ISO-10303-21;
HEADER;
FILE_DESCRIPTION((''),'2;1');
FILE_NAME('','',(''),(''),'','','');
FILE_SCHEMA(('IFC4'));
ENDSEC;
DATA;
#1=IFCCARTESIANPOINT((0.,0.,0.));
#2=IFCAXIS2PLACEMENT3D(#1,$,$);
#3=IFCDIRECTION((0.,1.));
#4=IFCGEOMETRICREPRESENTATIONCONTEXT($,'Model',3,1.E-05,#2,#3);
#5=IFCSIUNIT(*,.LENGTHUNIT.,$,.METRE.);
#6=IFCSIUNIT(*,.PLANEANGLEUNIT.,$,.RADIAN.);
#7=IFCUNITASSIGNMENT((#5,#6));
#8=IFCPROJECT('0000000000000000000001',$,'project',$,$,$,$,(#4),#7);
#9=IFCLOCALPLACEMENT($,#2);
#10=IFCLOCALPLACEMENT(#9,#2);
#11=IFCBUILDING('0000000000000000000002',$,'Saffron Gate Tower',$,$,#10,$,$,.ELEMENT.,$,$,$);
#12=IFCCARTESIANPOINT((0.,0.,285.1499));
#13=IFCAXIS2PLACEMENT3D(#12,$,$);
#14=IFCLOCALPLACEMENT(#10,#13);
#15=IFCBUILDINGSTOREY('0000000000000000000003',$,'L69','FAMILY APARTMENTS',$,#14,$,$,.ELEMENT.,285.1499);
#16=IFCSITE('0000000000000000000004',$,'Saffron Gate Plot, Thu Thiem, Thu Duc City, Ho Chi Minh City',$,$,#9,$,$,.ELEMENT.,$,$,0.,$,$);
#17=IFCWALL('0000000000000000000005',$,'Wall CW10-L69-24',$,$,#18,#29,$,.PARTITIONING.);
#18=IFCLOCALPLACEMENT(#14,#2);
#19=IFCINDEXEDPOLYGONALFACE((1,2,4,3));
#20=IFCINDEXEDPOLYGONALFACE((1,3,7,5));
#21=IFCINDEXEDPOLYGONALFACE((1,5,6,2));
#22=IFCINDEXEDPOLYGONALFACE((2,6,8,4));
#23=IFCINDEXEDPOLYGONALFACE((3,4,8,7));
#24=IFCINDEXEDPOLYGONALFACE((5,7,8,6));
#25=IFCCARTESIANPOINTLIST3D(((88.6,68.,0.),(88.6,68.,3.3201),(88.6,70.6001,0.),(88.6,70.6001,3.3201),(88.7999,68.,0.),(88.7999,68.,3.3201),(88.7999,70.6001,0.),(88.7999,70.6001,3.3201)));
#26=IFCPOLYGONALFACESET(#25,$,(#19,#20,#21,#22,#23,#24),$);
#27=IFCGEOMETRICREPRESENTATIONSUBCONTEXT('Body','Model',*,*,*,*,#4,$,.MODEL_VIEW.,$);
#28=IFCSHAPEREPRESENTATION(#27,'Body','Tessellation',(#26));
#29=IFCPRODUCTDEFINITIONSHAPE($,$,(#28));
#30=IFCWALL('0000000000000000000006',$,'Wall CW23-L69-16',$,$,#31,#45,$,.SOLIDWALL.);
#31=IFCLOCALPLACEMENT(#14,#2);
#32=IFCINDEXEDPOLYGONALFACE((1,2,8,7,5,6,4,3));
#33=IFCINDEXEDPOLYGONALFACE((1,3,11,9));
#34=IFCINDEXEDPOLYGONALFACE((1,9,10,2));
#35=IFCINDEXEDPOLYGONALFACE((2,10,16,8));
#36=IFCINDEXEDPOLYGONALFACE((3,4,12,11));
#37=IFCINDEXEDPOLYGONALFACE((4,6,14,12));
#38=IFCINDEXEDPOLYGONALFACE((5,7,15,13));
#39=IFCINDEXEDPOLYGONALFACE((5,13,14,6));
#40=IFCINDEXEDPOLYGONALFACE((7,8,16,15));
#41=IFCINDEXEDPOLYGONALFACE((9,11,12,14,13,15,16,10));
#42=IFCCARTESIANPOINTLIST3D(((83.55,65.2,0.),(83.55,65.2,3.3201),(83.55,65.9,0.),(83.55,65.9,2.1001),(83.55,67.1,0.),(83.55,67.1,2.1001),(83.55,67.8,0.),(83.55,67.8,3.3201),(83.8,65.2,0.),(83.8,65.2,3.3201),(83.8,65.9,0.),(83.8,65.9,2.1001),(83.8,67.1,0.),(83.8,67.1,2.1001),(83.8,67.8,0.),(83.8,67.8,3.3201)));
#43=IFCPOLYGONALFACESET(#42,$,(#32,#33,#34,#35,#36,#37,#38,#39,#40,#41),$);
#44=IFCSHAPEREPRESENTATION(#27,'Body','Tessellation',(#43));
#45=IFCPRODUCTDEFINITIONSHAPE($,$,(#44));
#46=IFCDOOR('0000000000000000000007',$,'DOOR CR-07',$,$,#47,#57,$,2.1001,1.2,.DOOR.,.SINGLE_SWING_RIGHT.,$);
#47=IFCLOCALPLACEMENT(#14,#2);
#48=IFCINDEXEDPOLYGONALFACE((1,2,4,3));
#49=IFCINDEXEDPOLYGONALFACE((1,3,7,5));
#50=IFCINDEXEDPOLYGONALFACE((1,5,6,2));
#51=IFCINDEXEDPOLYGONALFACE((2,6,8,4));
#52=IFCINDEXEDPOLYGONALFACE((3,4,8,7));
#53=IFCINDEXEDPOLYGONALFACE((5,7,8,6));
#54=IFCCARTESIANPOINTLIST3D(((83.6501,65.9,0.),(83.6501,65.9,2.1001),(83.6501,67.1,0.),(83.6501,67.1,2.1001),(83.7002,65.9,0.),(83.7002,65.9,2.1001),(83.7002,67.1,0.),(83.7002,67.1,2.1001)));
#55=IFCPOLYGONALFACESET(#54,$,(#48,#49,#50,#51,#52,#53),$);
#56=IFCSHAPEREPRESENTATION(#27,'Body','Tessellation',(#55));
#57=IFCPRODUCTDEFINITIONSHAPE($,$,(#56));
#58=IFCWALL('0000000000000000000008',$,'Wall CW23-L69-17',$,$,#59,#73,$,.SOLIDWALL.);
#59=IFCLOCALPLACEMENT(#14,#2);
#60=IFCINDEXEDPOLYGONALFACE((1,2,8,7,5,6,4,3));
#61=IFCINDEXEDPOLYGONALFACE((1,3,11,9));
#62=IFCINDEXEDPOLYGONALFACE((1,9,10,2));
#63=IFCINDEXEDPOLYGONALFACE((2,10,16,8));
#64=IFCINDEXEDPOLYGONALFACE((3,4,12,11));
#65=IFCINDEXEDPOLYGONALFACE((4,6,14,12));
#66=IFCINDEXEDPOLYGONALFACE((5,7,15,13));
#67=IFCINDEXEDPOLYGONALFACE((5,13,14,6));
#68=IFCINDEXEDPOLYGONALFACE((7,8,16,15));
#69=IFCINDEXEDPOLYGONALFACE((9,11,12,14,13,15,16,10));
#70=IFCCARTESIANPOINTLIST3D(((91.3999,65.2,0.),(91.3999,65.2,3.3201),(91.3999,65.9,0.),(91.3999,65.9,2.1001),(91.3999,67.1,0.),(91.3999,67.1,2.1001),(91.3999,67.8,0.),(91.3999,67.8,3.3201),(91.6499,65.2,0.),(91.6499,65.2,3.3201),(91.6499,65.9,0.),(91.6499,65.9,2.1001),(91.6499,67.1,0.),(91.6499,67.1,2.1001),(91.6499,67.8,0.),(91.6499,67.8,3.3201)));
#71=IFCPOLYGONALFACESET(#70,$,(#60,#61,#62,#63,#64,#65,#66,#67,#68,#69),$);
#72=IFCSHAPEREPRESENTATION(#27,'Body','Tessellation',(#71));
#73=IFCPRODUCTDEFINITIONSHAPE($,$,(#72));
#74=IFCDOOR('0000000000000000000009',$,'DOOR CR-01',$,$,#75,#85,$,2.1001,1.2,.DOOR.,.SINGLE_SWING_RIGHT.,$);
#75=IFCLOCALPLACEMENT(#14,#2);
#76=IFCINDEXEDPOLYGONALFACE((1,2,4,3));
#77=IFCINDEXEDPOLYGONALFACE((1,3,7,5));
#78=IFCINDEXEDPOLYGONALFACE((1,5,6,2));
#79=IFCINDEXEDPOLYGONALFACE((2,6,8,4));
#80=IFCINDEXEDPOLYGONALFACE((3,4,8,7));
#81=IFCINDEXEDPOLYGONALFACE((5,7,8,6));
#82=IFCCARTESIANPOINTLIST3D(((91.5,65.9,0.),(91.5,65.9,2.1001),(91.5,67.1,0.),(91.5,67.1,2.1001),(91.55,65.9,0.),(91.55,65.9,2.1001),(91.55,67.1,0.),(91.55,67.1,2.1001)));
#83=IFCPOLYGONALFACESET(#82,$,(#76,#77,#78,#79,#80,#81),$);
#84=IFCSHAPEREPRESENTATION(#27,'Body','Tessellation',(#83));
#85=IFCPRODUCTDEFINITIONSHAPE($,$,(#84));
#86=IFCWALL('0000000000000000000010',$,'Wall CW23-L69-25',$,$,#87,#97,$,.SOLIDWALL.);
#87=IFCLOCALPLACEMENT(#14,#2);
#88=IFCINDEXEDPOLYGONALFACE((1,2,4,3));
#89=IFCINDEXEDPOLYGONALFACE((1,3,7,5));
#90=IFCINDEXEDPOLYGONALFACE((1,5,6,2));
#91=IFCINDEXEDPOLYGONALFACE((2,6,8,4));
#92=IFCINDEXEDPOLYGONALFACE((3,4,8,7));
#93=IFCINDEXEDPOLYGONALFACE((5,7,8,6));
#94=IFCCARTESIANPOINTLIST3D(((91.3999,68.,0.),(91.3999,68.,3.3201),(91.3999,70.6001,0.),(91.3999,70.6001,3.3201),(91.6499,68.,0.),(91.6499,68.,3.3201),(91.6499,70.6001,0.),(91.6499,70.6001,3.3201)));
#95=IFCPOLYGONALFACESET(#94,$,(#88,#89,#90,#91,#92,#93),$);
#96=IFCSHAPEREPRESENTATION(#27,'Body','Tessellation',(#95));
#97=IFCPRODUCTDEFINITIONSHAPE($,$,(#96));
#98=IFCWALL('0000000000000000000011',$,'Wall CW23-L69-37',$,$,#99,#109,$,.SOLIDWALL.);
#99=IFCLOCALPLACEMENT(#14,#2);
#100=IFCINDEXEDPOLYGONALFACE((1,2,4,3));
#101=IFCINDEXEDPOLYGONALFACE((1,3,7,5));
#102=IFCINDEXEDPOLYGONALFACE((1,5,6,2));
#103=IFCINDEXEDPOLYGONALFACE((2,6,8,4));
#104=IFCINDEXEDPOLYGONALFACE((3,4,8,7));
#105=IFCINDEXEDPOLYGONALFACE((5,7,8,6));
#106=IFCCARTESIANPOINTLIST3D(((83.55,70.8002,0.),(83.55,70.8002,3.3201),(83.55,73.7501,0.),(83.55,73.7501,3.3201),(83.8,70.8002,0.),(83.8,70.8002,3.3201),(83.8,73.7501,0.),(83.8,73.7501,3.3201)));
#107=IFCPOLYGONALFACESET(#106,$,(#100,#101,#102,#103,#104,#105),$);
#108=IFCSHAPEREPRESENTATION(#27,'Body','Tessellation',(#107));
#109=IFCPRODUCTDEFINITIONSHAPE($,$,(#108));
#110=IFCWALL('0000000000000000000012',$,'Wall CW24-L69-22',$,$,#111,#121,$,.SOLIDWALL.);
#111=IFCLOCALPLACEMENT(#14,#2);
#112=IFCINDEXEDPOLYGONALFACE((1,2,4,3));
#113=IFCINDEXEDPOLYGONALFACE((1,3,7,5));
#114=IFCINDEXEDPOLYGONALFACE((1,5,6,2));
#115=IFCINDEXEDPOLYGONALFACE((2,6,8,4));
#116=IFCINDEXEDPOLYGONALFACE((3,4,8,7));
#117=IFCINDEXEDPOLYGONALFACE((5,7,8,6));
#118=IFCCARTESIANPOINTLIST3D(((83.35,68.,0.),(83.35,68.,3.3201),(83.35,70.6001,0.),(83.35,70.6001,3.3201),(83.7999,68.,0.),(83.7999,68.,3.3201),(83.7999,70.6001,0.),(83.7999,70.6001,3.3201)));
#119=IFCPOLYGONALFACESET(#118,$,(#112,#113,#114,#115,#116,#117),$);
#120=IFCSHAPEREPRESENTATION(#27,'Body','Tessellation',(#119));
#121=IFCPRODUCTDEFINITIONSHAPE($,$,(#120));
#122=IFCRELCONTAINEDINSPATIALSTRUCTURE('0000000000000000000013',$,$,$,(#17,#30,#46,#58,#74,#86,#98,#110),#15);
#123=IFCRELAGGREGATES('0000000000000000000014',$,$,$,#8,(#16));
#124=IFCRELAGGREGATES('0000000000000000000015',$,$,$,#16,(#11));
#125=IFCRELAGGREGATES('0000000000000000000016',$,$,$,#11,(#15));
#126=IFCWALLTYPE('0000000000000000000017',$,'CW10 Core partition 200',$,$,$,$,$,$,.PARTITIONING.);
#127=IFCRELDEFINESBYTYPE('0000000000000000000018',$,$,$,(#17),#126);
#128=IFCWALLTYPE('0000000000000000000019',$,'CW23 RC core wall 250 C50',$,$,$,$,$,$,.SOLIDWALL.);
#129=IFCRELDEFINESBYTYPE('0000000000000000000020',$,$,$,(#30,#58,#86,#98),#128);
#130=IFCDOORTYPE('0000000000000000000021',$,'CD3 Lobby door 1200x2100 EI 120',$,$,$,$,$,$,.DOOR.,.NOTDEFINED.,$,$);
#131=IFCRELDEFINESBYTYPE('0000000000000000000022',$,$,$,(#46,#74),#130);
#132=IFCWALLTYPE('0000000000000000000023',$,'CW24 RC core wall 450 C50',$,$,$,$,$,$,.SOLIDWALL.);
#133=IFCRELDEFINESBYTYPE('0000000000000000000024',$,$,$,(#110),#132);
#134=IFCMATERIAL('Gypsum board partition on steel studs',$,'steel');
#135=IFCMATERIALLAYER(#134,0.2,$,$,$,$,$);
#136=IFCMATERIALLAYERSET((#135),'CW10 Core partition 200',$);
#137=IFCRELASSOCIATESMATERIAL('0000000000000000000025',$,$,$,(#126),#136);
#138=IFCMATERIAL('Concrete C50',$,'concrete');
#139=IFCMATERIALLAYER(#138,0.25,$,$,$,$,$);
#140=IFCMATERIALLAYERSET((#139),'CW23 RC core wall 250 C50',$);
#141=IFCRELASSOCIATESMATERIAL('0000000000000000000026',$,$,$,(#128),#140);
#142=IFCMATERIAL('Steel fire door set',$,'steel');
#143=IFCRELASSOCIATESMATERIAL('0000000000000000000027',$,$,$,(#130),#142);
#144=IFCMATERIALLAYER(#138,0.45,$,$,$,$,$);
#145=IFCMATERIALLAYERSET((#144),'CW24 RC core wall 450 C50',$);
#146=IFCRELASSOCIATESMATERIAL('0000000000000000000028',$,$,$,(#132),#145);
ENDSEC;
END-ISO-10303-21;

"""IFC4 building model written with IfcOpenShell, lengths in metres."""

from ifc_helpers import new_model, si_unit, direction, frame, frame_2d, origin, place, context, subcontext, project, spatial, rectangle, extrude, material, layer, layer_set, type_object, element, fill, save


model = new_model("IFC4")

# Units and contexts
model_context = context("Model", 3, precision=1e-05, world=origin(), true_north=direction((0.0, 1.0)))
body_context = subcontext(model_context, "Body", "Model", "MODEL_VIEW")
ifc_project = project(units=[si_unit("LENGTHUNIT", "METRE"), si_unit("PLANEANGLEUNIT", "RADIAN")], contexts=[model_context])

# Site, building, storey
site_placement = place(None, origin())
site = spatial("IfcSite", under=ifc_project, at=site_placement, Name="Saffron Gate Plot, Thu Thiem, Thu Duc City, Ho Chi Minh City", CompositionType="ELEMENT", RefElevation=0.0)
building_placement = place(site_placement, origin())
building = spatial("IfcBuilding", under=site, at=building_placement, Name="Saffron Gate Tower", CompositionType="ELEMENT")
storey_placement = place(building_placement, frame((0.0, 0.0, 285.1499)))
storey = spatial("IfcBuildingStorey", under=building, at=storey_placement, Name="L69", Description="FAMILY APARTMENTS", CompositionType="ELEMENT", Elevation=285.1499)

# Wall
ifc_material_1 = material(Name="Gypsum board partition on steel studs", Category="steel")
ifc_layer_1 = layer(ifc_material_1, 0.2)
ifc_layer_set_1 = layer_set([ifc_layer_1], Name="CW10 Core partition 200")
wall_type_1 = type_object("IfcWallType", Name="CW10 Core partition 200", PredefinedType="PARTITIONING", material=ifc_layer_set_1)
wall_1_placement = place(storey_placement, frame((88.7, 68.0, 0.0), z_axis=(0.0, 0.0, 1.0), x_axis=(0.0, 1.0, 0.0)))
element("IfcWall", 1, at=wall_1_placement, inside=storey, type_object=wall_type_1, Name="Wall CW10-L69-24", PredefinedType="PARTITIONING", context=body_context, shape_type="SweptSolid", body=[
    extrude(rectangle(XDim=2.6001, YDim=0.2, at=frame_2d((1.3, 0.0))), origin(), (0.0, 0.0, 1.0), 3.3201),
])

# Walls, openings, doors
ifc_material_2 = material(Name="Concrete C50", Category="concrete")
ifc_layer_2 = layer(ifc_material_2, 0.25)
ifc_layer_set_2 = layer_set([ifc_layer_2], Name="CW23 RC core wall 250 C50")
wall_type_2 = type_object("IfcWallType", Name="CW23 RC core wall 250 C50", PredefinedType="SOLIDWALL", material=ifc_layer_set_2)
wall_2_placement = place(storey_placement, frame((83.675, 65.2, 0.0), z_axis=(0.0, 0.0, 1.0), x_axis=(0.0, 1.0, 0.0)))
wall_2 = element("IfcWall", 2, at=wall_2_placement, inside=storey, type_object=wall_type_2, Name="Wall CW23-L69-16", PredefinedType="SOLIDWALL", context=body_context, shape_type="SweptSolid", body=[
    extrude(rectangle(XDim=2.6001, YDim=0.25, at=frame_2d((1.3, 0.0))), origin(), (0.0, 0.0, 1.0), 3.3201),
])
opening_1_placement = place(wall_2_placement, frame((0.7, 0.0, 0.0)))
opening_1 = element("IfcOpeningElement", 3, at=opening_1_placement, cuts=wall_2, PredefinedType="OPENING", context=body_context, shape_type="SweptSolid", body=[
    extrude(rectangle(XDim=1.2, YDim=2.1001, at=frame_2d((0.6001, 1.05))), frame((0.0, 0.135, 0.0), z_axis=(0.0, -1.0, 0.0), x_axis=(1.0, 0.0, 0.0)), (0.0, 0.0, 1.0), 0.27),
])
ifc_material_3 = material(Name="Steel fire door set", Category="steel")
door_type_1 = type_object("IfcDoorType", Name="CD3 Lobby door 1200x2100 EI 120", OperationType="NOTDEFINED", PredefinedType="DOOR", material=ifc_material_3)
door_1_placement = place(opening_1_placement, origin())
door_1 = element("IfcDoor", 4, at=door_1_placement, inside=storey, type_object=door_type_1, Name="DOOR CR-07", OperationType="SINGLE_SWING_RIGHT", OverallHeight=2.1001, OverallWidth=1.2, PredefinedType="DOOR", context=body_context, shape_type="SweptSolid", body=[
    extrude(rectangle(XDim=1.2, YDim=2.1001, at=frame_2d((0.6001, 1.05))), frame((0.0, 0.0249, 0.0), z_axis=(0.0, -1.0, 0.0), x_axis=(1.0, 0.0, 0.0)), (0.0, 0.0, 1.0), 0.05),
])
fill(opening_1, door_1)
wall_3_placement = place(storey_placement, frame((91.5249, 65.2, 0.0), z_axis=(0.0, 0.0, 1.0), x_axis=(0.0, 1.0, 0.0)))
wall_3 = element("IfcWall", 5, at=wall_3_placement, inside=storey, type_object=wall_type_2, Name="Wall CW23-L69-17", PredefinedType="SOLIDWALL", context=body_context, shape_type="SweptSolid", body=[
    extrude(rectangle(XDim=2.6001, YDim=0.25, at=frame_2d((1.3, 0.0))), origin(), (0.0, 0.0, 1.0), 3.3201),
])
opening_2_placement = place(wall_3_placement, frame((0.7, 0.0, 0.0)))
opening_2 = element("IfcOpeningElement", 6, at=opening_2_placement, cuts=wall_3, PredefinedType="OPENING", context=body_context, shape_type="SweptSolid", body=[
    extrude(rectangle(XDim=1.2, YDim=2.1001, at=frame_2d((0.6001, 1.05))), frame((0.0, 0.135, 0.0), z_axis=(0.0, -1.0, 0.0), x_axis=(1.0, 0.0, 0.0)), (0.0, 0.0, 1.0), 0.27),
])
door_2_placement = place(opening_2_placement, origin())
door_2 = element("IfcDoor", 7, at=door_2_placement, inside=storey, type_object=door_type_1, Name="DOOR CR-01", OperationType="SINGLE_SWING_RIGHT", OverallHeight=2.1001, OverallWidth=1.2, PredefinedType="DOOR", context=body_context, shape_type="SweptSolid", body=[
    extrude(rectangle(XDim=1.2, YDim=2.1001, at=frame_2d((0.6001, 1.05))), frame((0.0, 0.0249, 0.0), z_axis=(0.0, -1.0, 0.0), x_axis=(1.0, 0.0, 0.0)), (0.0, 0.0, 1.0), 0.05),
])
fill(opening_2, door_2)

# Walls
wall_4_placement = place(storey_placement, frame((91.5249, 68.0, 0.0), z_axis=(0.0, 0.0, 1.0), x_axis=(0.0, 1.0, 0.0)))
element("IfcWall", 8, at=wall_4_placement, inside=storey, type_object=wall_type_2, Name="Wall CW23-L69-25", PredefinedType="SOLIDWALL", context=body_context, shape_type="SweptSolid", body=[
    extrude(rectangle(XDim=2.6001, YDim=0.25, at=frame_2d((1.3, 0.0))), origin(), (0.0, 0.0, 1.0), 3.3201),
])
wall_5_placement = place(storey_placement, frame((83.675, 70.8, 0.0), z_axis=(0.0, 0.0, 1.0), x_axis=(0.0, 1.0, 0.0)))
element("IfcWall", 9, at=wall_5_placement, inside=storey, type_object=wall_type_2, Name="Wall CW23-L69-37", PredefinedType="SOLIDWALL", context=body_context, shape_type="SweptSolid", body=[
    extrude(rectangle(XDim=2.95, YDim=0.25, at=frame_2d((1.4751, 0.0))), origin(), (0.0, 0.0, 1.0), 3.3201),
])
ifc_layer_3 = layer(ifc_material_2, 0.45)
ifc_layer_set_3 = layer_set([ifc_layer_3], Name="CW24 RC core wall 450 C50")
wall_type_3 = type_object("IfcWallType", Name="CW24 RC core wall 450 C50", PredefinedType="SOLIDWALL", material=ifc_layer_set_3)
wall_6_placement = place(storey_placement, frame((83.575, 68.0, 0.0), z_axis=(0.0, 0.0, 1.0), x_axis=(0.0, 1.0, 0.0)))
element("IfcWall", 10, at=wall_6_placement, inside=storey, type_object=wall_type_3, Name="Wall CW24-L69-22", PredefinedType="SOLIDWALL", context=body_context, shape_type="SweptSolid", body=[
    extrude(rectangle(XDim=2.6001, YDim=0.45, at=frame_2d((1.3, 0.0))), origin(), (0.0, 0.0, 1.0), 3.3201),
])

save(model, "model.ifc")
